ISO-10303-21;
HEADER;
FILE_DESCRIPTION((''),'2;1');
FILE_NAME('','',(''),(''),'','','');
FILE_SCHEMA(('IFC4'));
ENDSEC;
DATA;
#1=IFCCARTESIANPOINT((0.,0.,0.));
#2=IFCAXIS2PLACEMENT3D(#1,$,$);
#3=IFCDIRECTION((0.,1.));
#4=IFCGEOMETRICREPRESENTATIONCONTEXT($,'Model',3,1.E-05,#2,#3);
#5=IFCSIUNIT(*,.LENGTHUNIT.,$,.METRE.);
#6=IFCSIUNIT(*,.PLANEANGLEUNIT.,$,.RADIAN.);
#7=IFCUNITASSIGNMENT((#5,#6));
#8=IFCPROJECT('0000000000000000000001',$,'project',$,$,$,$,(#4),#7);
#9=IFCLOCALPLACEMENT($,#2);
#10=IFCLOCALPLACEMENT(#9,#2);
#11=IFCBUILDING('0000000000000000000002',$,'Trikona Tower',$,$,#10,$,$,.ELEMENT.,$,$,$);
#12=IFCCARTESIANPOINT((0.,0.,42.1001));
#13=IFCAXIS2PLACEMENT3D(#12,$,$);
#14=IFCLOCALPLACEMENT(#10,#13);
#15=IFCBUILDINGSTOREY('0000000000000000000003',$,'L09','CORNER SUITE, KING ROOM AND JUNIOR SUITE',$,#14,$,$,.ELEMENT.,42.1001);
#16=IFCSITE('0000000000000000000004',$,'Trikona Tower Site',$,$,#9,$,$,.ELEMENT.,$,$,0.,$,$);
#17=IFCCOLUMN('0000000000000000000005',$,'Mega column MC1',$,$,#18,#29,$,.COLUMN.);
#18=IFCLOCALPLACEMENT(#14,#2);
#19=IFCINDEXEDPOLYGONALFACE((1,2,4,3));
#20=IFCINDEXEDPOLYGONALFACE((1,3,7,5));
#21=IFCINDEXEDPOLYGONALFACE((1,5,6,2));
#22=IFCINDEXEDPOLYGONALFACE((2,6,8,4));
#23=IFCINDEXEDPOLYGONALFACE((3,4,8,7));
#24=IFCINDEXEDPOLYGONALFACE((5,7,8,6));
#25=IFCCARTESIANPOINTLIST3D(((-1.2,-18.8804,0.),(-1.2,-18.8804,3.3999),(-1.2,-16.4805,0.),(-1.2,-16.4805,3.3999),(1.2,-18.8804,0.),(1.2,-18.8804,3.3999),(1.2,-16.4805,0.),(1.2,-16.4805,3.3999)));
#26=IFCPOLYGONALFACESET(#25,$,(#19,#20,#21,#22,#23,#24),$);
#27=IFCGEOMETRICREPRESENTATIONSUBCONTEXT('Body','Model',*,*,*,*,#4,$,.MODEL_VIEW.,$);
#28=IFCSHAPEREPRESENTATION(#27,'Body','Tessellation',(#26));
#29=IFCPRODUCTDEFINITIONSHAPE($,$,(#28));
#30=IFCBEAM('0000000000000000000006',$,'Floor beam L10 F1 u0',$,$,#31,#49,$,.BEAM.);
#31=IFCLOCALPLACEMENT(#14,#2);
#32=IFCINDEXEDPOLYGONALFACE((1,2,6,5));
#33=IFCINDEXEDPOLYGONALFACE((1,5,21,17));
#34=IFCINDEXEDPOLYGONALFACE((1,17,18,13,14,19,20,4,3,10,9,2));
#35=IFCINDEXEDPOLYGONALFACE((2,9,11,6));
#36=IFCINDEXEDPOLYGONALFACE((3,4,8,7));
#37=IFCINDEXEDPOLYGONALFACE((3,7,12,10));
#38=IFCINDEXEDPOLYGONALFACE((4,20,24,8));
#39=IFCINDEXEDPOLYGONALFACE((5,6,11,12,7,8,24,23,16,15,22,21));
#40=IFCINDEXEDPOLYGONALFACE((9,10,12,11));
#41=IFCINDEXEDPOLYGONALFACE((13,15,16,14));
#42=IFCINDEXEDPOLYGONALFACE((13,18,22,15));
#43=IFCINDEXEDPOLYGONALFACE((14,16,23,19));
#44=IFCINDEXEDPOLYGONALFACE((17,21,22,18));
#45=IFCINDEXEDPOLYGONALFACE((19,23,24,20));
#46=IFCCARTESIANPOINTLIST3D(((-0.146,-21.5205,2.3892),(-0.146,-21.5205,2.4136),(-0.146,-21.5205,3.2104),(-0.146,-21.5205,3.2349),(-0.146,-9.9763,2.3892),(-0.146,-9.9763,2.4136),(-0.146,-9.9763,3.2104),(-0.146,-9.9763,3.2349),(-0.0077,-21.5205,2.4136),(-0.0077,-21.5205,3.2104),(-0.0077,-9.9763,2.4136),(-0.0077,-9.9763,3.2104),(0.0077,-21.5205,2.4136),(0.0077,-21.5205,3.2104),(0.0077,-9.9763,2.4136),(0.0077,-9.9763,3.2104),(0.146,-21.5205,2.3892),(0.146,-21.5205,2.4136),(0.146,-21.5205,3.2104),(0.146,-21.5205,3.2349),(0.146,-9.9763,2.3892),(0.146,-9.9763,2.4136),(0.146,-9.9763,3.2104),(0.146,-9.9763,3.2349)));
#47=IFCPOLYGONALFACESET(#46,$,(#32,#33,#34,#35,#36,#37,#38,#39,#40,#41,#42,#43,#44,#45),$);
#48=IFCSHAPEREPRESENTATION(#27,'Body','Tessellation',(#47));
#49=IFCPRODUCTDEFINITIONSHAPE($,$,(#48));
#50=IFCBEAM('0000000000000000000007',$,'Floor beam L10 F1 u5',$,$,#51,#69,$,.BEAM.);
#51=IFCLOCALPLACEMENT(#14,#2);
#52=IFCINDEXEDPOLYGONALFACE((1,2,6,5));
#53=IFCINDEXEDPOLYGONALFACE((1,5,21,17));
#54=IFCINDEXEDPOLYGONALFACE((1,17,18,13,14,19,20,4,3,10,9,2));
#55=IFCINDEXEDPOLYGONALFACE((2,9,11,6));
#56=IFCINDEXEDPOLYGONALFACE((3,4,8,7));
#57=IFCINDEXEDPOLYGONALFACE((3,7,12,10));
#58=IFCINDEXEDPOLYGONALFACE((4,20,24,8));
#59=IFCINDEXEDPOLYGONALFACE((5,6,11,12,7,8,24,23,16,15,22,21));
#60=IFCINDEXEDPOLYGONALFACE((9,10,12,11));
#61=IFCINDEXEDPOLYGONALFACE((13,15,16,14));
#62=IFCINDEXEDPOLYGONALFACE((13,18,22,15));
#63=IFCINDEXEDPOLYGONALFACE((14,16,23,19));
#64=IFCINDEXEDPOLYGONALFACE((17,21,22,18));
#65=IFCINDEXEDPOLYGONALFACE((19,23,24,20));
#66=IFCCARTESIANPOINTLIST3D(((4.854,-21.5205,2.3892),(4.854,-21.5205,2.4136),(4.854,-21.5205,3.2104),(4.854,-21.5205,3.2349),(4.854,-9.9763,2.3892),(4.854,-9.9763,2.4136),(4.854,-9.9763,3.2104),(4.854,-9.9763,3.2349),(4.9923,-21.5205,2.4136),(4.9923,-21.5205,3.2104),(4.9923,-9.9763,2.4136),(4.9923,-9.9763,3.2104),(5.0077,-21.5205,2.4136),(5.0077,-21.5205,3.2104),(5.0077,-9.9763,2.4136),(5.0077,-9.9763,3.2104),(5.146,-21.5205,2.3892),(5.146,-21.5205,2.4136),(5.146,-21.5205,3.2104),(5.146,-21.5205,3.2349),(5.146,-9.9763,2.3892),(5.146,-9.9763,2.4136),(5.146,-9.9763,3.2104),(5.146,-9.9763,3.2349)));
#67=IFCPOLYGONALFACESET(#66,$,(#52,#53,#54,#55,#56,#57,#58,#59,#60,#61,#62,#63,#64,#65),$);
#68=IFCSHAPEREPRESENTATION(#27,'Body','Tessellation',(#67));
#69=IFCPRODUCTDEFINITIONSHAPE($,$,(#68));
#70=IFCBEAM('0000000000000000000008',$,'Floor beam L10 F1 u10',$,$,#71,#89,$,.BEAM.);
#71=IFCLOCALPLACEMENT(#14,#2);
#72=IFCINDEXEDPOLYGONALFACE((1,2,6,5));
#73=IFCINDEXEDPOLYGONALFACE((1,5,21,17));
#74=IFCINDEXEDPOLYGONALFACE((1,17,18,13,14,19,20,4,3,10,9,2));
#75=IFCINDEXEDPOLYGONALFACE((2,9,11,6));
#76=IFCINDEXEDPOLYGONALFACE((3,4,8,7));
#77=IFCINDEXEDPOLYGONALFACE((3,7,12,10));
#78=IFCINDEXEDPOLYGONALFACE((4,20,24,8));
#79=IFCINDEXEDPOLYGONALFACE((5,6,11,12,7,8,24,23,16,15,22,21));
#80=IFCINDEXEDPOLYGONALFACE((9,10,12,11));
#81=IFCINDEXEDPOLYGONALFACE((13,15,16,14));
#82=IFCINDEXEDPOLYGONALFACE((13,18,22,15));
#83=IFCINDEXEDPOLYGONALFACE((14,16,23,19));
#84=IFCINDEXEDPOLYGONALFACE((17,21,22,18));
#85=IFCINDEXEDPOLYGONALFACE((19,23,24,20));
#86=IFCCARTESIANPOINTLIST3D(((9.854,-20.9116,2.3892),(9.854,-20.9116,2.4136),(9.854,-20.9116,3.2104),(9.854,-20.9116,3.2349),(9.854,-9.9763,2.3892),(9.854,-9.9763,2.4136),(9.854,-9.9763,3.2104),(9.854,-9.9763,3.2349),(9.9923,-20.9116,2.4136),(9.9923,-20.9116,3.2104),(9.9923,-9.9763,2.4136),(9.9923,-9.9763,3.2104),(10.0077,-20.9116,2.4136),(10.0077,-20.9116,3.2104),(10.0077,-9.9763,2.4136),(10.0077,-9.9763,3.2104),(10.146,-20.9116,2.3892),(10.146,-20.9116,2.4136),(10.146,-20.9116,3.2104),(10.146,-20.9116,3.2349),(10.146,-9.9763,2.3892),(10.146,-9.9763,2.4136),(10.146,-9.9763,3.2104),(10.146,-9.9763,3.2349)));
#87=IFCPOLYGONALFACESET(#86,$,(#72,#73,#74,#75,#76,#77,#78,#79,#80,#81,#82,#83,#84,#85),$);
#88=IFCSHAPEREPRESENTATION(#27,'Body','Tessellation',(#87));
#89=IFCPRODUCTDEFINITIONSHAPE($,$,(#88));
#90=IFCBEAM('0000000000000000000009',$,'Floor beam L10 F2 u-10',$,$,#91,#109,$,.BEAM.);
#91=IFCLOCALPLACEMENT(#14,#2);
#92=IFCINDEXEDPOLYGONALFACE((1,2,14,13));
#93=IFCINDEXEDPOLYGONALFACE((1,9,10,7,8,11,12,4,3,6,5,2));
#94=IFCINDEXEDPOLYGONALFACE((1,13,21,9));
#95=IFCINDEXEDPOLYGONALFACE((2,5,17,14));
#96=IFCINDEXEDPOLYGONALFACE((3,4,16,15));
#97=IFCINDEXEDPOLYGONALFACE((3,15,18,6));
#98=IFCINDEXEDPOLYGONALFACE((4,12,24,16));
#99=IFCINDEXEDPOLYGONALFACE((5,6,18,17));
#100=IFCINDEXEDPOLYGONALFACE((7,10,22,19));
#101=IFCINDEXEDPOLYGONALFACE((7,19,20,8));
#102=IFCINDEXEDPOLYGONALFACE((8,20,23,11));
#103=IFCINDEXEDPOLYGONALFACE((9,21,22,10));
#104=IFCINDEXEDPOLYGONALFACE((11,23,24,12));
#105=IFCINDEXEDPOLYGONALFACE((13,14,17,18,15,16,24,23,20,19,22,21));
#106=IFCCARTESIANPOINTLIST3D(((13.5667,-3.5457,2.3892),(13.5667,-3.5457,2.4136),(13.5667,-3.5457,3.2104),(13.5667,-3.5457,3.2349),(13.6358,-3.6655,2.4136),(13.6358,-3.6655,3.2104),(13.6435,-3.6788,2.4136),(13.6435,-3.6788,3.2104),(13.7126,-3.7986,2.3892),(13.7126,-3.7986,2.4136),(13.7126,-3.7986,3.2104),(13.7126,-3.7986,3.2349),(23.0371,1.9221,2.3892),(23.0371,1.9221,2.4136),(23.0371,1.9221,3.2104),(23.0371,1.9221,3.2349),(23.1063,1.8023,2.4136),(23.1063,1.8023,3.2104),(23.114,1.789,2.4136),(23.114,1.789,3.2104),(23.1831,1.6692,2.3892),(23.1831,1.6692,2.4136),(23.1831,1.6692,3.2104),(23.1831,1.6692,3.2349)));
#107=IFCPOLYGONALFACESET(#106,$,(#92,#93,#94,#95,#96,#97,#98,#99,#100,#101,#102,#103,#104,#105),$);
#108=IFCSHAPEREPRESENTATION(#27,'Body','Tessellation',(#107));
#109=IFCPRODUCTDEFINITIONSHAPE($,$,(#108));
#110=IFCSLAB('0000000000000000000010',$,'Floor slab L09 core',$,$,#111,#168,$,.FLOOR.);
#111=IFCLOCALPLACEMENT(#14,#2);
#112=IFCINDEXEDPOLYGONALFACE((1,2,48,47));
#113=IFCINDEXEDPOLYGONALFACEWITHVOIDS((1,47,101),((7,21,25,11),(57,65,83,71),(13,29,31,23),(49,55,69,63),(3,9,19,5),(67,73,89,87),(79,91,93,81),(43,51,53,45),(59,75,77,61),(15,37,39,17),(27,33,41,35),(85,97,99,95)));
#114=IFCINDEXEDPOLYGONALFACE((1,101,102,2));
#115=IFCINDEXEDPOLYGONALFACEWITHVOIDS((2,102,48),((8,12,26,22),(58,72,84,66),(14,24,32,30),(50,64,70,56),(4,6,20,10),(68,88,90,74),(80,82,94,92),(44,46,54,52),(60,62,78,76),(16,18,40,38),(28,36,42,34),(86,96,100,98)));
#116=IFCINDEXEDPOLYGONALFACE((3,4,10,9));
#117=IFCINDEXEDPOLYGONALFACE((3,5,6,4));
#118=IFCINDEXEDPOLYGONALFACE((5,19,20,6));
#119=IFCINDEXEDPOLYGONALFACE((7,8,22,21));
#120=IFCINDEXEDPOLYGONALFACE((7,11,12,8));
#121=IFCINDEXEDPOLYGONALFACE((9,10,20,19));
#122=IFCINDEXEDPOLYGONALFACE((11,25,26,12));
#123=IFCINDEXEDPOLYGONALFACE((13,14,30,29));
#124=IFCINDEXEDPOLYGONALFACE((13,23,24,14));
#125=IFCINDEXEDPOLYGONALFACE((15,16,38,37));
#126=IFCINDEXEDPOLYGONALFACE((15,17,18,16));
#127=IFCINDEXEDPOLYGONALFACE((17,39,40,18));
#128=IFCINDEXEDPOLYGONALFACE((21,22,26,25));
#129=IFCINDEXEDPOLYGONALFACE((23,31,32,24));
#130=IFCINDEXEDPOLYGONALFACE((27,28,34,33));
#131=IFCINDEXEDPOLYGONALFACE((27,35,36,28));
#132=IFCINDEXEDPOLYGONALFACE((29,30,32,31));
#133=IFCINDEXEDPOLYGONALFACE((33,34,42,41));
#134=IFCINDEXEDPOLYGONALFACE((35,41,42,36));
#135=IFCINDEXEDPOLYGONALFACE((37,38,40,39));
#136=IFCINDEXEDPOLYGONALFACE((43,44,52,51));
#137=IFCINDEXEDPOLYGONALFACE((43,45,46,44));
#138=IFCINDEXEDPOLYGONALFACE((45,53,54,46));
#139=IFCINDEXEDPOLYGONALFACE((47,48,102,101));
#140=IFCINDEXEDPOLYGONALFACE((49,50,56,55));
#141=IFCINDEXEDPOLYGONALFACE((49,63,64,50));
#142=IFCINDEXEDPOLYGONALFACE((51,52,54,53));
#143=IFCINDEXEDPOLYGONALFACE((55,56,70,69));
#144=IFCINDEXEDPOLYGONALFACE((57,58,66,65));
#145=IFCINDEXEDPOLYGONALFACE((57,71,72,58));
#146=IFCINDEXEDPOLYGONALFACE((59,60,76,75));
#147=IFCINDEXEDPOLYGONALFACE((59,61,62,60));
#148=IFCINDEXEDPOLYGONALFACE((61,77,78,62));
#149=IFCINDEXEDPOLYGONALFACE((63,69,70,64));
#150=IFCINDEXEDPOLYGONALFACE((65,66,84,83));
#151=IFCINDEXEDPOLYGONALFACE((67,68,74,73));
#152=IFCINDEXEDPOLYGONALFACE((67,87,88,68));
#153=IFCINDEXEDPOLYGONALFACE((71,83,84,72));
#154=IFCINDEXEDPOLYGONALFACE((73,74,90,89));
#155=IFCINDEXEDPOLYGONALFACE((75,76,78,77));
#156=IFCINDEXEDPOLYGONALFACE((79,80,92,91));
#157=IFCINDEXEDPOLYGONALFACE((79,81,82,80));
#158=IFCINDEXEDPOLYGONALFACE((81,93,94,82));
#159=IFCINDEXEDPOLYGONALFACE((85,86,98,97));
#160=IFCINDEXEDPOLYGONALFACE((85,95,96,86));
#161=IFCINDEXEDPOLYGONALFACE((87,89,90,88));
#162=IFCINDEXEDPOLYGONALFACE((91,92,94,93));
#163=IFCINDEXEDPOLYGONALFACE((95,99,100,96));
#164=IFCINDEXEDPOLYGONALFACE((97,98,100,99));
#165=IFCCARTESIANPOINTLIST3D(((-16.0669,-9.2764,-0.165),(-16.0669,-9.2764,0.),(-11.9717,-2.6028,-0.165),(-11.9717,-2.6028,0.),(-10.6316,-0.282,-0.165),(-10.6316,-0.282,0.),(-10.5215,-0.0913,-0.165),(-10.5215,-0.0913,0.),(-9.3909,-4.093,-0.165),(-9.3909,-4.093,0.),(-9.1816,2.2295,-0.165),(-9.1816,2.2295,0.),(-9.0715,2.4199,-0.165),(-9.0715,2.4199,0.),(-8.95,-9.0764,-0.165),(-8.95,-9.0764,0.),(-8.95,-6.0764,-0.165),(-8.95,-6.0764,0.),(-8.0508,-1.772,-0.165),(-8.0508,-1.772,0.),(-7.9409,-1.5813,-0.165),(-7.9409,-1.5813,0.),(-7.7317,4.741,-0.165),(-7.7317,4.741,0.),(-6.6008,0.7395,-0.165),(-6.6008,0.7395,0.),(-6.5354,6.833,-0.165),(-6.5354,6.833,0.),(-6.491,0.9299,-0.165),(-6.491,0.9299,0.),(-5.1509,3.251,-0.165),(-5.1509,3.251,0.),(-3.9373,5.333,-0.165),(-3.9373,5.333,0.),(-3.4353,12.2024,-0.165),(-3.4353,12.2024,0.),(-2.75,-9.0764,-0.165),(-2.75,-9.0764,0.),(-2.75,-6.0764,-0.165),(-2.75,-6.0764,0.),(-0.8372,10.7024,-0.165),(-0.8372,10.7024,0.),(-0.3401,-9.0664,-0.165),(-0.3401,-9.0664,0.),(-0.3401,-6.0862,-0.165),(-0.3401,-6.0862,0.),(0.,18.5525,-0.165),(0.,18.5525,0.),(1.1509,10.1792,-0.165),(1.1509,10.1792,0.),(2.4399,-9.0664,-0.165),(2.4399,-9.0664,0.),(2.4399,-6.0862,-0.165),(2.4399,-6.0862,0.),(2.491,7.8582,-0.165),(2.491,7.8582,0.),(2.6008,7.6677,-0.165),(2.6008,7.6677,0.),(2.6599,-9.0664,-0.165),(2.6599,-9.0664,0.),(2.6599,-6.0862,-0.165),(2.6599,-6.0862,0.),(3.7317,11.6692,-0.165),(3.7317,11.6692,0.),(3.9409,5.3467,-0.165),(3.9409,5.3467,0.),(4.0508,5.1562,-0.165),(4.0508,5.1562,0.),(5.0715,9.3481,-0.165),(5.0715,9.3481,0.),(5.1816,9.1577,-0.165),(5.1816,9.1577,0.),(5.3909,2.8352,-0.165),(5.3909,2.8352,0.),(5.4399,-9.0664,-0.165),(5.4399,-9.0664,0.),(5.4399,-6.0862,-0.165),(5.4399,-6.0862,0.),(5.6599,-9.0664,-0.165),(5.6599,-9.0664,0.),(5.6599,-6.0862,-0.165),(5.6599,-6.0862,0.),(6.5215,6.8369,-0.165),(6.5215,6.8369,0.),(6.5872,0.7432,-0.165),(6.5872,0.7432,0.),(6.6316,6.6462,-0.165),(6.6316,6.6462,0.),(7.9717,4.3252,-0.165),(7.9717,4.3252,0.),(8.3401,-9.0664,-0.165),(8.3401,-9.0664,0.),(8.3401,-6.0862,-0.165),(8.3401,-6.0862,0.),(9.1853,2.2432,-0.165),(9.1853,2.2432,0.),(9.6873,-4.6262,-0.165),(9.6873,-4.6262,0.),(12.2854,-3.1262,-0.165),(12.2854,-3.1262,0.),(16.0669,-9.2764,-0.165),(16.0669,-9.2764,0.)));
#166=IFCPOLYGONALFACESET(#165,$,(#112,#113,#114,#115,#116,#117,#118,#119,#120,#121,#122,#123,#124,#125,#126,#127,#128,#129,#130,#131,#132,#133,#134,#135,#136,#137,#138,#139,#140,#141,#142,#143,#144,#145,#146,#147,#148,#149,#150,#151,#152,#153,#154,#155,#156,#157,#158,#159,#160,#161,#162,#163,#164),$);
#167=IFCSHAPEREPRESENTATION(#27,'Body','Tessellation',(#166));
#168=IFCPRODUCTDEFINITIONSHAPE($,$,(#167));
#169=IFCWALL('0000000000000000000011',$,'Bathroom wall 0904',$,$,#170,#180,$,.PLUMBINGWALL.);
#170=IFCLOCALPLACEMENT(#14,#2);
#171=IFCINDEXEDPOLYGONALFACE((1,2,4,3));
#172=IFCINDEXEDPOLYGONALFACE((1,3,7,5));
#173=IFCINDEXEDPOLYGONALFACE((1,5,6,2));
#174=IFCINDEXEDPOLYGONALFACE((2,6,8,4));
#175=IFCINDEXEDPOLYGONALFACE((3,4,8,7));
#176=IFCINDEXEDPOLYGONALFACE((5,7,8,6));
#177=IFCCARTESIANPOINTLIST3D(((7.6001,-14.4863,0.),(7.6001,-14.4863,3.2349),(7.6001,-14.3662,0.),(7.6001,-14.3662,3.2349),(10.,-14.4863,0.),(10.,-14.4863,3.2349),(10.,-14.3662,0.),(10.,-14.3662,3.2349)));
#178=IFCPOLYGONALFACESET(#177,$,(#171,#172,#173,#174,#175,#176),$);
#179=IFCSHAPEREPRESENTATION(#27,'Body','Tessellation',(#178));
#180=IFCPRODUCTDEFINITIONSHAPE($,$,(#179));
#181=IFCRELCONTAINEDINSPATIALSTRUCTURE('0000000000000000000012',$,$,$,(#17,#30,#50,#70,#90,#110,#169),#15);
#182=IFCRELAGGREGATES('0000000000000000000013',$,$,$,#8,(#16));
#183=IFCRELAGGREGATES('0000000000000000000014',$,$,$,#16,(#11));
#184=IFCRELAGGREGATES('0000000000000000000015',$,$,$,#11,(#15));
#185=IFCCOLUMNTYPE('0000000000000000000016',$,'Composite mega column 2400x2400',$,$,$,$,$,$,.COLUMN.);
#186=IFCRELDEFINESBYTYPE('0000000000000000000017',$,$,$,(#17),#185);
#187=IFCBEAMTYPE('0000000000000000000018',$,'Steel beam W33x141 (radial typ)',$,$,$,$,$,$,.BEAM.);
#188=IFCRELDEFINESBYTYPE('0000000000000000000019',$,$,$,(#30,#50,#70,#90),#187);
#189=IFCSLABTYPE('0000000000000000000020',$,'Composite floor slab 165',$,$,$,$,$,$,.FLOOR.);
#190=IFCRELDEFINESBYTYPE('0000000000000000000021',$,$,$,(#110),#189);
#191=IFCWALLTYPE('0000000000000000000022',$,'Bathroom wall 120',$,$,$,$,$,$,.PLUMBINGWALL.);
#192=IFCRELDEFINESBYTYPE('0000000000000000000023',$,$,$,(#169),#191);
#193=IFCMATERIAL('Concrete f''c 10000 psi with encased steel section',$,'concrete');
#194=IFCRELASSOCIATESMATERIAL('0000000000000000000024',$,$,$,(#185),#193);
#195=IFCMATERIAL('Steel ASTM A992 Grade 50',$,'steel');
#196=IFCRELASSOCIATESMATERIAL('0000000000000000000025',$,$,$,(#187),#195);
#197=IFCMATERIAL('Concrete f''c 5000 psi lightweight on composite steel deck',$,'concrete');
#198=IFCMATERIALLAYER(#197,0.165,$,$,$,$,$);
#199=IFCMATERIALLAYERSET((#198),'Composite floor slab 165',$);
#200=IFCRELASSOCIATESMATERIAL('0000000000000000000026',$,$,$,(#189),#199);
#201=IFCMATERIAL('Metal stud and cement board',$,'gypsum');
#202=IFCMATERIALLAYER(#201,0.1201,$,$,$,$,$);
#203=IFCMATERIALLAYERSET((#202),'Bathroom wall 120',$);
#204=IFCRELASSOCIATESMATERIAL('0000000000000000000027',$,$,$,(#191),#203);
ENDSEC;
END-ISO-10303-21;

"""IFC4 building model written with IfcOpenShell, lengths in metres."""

from ifc_helpers import new_model, si_unit, direction, frame, frame_2d, origin, origin_2d, place, context, subcontext, project, spatial, polyline, rectangle, i_section, outline, extrude, material, layer, layer_set, material_profile, profile_set, type_object, element, save


model = new_model("IFC4")

# Units and contexts
model_context = context("Model", 3, precision=1e-05, world=origin(), true_north=direction((0.0, 1.0)))
body_context = subcontext(model_context, "Body", "Model", "MODEL_VIEW")
ifc_project = project(units=[si_unit("LENGTHUNIT", "METRE"), si_unit("PLANEANGLEUNIT", "RADIAN")], contexts=[model_context])

# Site, building, storey
site_placement = place(None, origin())
site = spatial("IfcSite", under=ifc_project, at=site_placement, Name="Trikona Tower Site", CompositionType="ELEMENT", RefElevation=0.0)
building_placement = place(site_placement, origin())
building = spatial("IfcBuilding", under=site, at=building_placement, Name="Trikona Tower", CompositionType="ELEMENT")
storey_placement = place(building_placement, frame((0.0, 0.0, 42.1001)))
storey = spatial("IfcBuildingStorey", under=building, at=storey_placement, Name="L09", Description="CORNER SUITE, KING ROOM AND JUNIOR SUITE", CompositionType="ELEMENT", Elevation=42.1001)

# Column
ifc_material_1 = material(Name="Concrete f'c 10000 psi with encased steel section", Category="concrete")
ifc_material_profile_1 = material_profile(ifc_material_1, rectangle(XDim=2.3999, YDim=2.3999, at=origin_2d()), Name="MC2400")
ifc_profile_set_1 = profile_set([ifc_material_profile_1], Name="Concrete f'c 10000 psi with encased steel section")
column_type = type_object("IfcColumnType", Name="Composite mega column 2400x2400", PredefinedType="COLUMN", material=ifc_profile_set_1)
column_placement = place(storey_placement, frame((0.0, -17.6804, 0.0), z_axis=(0.0, 0.0, 1.0), x_axis=(0.0, -1.0, 0.0)))
element("IfcColumn", 1, at=column_placement, inside=storey, type_object=column_type, Name="Mega column MC1", PredefinedType="COLUMN", context=body_context, shape_type="SweptSolid", body=[
    extrude(rectangle(XDim=2.3999, YDim=2.3999, at=origin_2d()), origin(), (0.0, 0.0, 1.0), 3.3999),
])

# Beams
ifc_material_2 = material(Name="Steel ASTM A992 Grade 50", Category="steel")
ifc_material_profile_2 = material_profile(ifc_material_2, i_section(OverallWidth=0.292, OverallDepth=0.8457, WebThickness=0.0154, FlangeThickness=0.0244, at=origin_2d()), Name="W33X141")
ifc_profile_set_2 = profile_set([ifc_material_profile_2], Name="Steel ASTM A992 Grade 50")
beam_type = type_object("IfcBeamType", Name="Steel beam W33x141 (radial typ)", PredefinedType="BEAM", material=ifc_profile_set_2)
for number, where, z_axis, x_axis, name in (
    (2, (0.0, -9.9763, 2.812), (0.0, -1.0, 0.0), (1.0, 0.0, 0.0), "Floor beam L10 F1 u0"),
    (3, (5.0, -9.9763, 2.812), (0.0, -1.0, 0.0), (1.0, 0.0, 0.0), "Floor beam L10 F1 u5"),
):
    element("IfcBeam", number, at=place(storey_placement, frame(where, z_axis=z_axis, x_axis=x_axis)), inside=storey, type_object=beam_type, Name=name, PredefinedType="BEAM", context=body_context, shape_type="SweptSolid", body=[
        extrude(i_section(OverallWidth=0.292, OverallDepth=0.8457, WebThickness=0.0154, FlangeThickness=0.0244, at=origin_2d()), origin(), (0.0, 0.0, 1.0), 11.5442),
    ])
beam_1_placement = place(storey_placement, frame((10.0, -9.9763, 2.812), z_axis=(0.0, -1.0, 0.0), x_axis=(1.0, 0.0, 0.0)))
element("IfcBeam", 4, at=beam_1_placement, inside=storey, type_object=beam_type, Name="Floor beam L10 F1 u10", PredefinedType="BEAM", context=body_context, shape_type="SweptSolid", body=[
    extrude(i_section(OverallWidth=0.292, OverallDepth=0.8457, WebThickness=0.0154, FlangeThickness=0.0244, at=origin_2d()), origin(), (0.0, 0.0, 1.0), 10.9353),
])
beam_2_placement = place(storey_placement, frame((13.6396, -3.6721, 2.812), z_axis=(0.866025, 0.5, 0.0), x_axis=(-0.5, 0.866025, 0.0)))
element("IfcBeam", 5, at=beam_2_placement, inside=storey, type_object=beam_type, Name="Floor beam L10 F2 u-10", PredefinedType="BEAM", context=body_context, shape_type="SweptSolid", body=[
    extrude(i_section(OverallWidth=0.292, OverallDepth=0.8457, WebThickness=0.0154, FlangeThickness=0.0244, at=origin_2d()), origin(), (0.0, 0.0, 1.0), 10.9355),
])

# Slab
ifc_material_3 = material(Name="Concrete f'c 5000 psi lightweight on composite steel deck", Category="concrete")
ifc_layer_1 = layer(ifc_material_3, 0.165)
ifc_layer_set_1 = layer_set([ifc_layer_1], Name="Composite floor slab 165")
slab_type = type_object("IfcSlabType", Name="Composite floor slab 165", PredefinedType="FLOOR", material=ifc_layer_set_1)
slab_placement = place(storey_placement, frame((0.0, 0.0, -0.165)))
element("IfcSlab", 6, at=slab_placement, inside=storey, type_object=slab_type, Name="Floor slab L09 core", PredefinedType="FLOOR", context=body_context, shape_type="SweptSolid", body=[
    extrude(outline(polyline([(-16.0669, -9.2764), (16.0669, -9.2764), (0.0, 18.5525), (-16.0669, -9.2764)]), holes=[polyline([(12.2854, -3.1262), (9.1853, 2.2432), (6.5872, 0.7432), (9.6873, -4.6262), (12.2854, -3.1262)]), polyline([(8.3401, -9.0664), (8.3401, -6.0862), (5.6599, -6.0862), (5.6599, -9.0664), (8.3401, -9.0664)]), polyline([(5.3909, 2.8352), (7.9717, 4.3252), (6.6316, 6.6462), (4.0508, 5.1562), (5.3909, 2.8352)]), polyline([(2.6008, 7.6677), (3.9409, 5.3467), (6.5215, 6.8369), (5.1816, 9.1577), (2.6008, 7.6677)]), polyline([(5.4399, -6.0862), (2.6599, -6.0862), (2.6599, -9.0664), (5.4399, -9.0664), (5.4399, -6.0862)]), polyline([(3.7317, 11.6692), (1.1509, 10.1792), (2.491, 7.8582), (5.0715, 9.3481), (3.7317, 11.6692)]), polyline([(-0.3401, -6.0862), (-0.3401, -9.0664), (2.4399, -9.0664), (2.4399, -6.0862), (-0.3401, -6.0862)]), polyline([(-3.4353, 12.2024), (-6.5354, 6.833), (-3.9373, 5.333), (-0.8372, 10.7024), (-3.4353, 12.2024)]), polyline([(-8.95, -9.0764), (-2.75, -9.0764), (-2.75, -6.0764), (-8.95, -6.0764), (-8.95, -9.0764)]), polyline([(-5.1509, 3.251), (-7.7317, 4.741), (-9.0715, 2.4199), (-6.491, 0.9299), (-5.1509, 3.251)]), polyline([(-7.9409, -1.5813), (-6.6008, 0.7395), (-9.1816, 2.2295), (-10.5215, -0.0913), (-7.9409, -1.5813)]), polyline([(-11.9717, -2.6028), (-9.3909, -4.093), (-8.0508, -1.772), (-10.6316, -0.282), (-11.9717, -2.6028)])]), origin(), (0.0, 0.0, 1.0), 0.165),
])

# Wall
ifc_material_4 = material(Name="Metal stud and cement board", Category="gypsum")
ifc_layer_2 = layer(ifc_material_4, 0.1201)
ifc_layer_set_2 = layer_set([ifc_layer_2], Name="Bathroom wall 120")
wall_type_1 = type_object("IfcWallType", Name="Bathroom wall 120", PredefinedType="PLUMBINGWALL", material=ifc_layer_set_2)
wall_1_placement = place(storey_placement, frame((7.6001, -14.4263, 0.0), z_axis=(0.0, 0.0, 1.0), x_axis=(1.0, 0.0, 0.0)))
element("IfcWall", 7, at=wall_1_placement, inside=storey, type_object=wall_type_1, Name="Bathroom wall 0904", PredefinedType="PLUMBINGWALL", context=body_context, shape_type="SweptSolid", body=[
    extrude(rectangle(XDim=2.3999, YDim=0.1201, at=frame_2d((1.2, 0.0))), origin(), (0.0, 0.0, 1.0), 3.2349),
])

save(model, "model.ifc")
